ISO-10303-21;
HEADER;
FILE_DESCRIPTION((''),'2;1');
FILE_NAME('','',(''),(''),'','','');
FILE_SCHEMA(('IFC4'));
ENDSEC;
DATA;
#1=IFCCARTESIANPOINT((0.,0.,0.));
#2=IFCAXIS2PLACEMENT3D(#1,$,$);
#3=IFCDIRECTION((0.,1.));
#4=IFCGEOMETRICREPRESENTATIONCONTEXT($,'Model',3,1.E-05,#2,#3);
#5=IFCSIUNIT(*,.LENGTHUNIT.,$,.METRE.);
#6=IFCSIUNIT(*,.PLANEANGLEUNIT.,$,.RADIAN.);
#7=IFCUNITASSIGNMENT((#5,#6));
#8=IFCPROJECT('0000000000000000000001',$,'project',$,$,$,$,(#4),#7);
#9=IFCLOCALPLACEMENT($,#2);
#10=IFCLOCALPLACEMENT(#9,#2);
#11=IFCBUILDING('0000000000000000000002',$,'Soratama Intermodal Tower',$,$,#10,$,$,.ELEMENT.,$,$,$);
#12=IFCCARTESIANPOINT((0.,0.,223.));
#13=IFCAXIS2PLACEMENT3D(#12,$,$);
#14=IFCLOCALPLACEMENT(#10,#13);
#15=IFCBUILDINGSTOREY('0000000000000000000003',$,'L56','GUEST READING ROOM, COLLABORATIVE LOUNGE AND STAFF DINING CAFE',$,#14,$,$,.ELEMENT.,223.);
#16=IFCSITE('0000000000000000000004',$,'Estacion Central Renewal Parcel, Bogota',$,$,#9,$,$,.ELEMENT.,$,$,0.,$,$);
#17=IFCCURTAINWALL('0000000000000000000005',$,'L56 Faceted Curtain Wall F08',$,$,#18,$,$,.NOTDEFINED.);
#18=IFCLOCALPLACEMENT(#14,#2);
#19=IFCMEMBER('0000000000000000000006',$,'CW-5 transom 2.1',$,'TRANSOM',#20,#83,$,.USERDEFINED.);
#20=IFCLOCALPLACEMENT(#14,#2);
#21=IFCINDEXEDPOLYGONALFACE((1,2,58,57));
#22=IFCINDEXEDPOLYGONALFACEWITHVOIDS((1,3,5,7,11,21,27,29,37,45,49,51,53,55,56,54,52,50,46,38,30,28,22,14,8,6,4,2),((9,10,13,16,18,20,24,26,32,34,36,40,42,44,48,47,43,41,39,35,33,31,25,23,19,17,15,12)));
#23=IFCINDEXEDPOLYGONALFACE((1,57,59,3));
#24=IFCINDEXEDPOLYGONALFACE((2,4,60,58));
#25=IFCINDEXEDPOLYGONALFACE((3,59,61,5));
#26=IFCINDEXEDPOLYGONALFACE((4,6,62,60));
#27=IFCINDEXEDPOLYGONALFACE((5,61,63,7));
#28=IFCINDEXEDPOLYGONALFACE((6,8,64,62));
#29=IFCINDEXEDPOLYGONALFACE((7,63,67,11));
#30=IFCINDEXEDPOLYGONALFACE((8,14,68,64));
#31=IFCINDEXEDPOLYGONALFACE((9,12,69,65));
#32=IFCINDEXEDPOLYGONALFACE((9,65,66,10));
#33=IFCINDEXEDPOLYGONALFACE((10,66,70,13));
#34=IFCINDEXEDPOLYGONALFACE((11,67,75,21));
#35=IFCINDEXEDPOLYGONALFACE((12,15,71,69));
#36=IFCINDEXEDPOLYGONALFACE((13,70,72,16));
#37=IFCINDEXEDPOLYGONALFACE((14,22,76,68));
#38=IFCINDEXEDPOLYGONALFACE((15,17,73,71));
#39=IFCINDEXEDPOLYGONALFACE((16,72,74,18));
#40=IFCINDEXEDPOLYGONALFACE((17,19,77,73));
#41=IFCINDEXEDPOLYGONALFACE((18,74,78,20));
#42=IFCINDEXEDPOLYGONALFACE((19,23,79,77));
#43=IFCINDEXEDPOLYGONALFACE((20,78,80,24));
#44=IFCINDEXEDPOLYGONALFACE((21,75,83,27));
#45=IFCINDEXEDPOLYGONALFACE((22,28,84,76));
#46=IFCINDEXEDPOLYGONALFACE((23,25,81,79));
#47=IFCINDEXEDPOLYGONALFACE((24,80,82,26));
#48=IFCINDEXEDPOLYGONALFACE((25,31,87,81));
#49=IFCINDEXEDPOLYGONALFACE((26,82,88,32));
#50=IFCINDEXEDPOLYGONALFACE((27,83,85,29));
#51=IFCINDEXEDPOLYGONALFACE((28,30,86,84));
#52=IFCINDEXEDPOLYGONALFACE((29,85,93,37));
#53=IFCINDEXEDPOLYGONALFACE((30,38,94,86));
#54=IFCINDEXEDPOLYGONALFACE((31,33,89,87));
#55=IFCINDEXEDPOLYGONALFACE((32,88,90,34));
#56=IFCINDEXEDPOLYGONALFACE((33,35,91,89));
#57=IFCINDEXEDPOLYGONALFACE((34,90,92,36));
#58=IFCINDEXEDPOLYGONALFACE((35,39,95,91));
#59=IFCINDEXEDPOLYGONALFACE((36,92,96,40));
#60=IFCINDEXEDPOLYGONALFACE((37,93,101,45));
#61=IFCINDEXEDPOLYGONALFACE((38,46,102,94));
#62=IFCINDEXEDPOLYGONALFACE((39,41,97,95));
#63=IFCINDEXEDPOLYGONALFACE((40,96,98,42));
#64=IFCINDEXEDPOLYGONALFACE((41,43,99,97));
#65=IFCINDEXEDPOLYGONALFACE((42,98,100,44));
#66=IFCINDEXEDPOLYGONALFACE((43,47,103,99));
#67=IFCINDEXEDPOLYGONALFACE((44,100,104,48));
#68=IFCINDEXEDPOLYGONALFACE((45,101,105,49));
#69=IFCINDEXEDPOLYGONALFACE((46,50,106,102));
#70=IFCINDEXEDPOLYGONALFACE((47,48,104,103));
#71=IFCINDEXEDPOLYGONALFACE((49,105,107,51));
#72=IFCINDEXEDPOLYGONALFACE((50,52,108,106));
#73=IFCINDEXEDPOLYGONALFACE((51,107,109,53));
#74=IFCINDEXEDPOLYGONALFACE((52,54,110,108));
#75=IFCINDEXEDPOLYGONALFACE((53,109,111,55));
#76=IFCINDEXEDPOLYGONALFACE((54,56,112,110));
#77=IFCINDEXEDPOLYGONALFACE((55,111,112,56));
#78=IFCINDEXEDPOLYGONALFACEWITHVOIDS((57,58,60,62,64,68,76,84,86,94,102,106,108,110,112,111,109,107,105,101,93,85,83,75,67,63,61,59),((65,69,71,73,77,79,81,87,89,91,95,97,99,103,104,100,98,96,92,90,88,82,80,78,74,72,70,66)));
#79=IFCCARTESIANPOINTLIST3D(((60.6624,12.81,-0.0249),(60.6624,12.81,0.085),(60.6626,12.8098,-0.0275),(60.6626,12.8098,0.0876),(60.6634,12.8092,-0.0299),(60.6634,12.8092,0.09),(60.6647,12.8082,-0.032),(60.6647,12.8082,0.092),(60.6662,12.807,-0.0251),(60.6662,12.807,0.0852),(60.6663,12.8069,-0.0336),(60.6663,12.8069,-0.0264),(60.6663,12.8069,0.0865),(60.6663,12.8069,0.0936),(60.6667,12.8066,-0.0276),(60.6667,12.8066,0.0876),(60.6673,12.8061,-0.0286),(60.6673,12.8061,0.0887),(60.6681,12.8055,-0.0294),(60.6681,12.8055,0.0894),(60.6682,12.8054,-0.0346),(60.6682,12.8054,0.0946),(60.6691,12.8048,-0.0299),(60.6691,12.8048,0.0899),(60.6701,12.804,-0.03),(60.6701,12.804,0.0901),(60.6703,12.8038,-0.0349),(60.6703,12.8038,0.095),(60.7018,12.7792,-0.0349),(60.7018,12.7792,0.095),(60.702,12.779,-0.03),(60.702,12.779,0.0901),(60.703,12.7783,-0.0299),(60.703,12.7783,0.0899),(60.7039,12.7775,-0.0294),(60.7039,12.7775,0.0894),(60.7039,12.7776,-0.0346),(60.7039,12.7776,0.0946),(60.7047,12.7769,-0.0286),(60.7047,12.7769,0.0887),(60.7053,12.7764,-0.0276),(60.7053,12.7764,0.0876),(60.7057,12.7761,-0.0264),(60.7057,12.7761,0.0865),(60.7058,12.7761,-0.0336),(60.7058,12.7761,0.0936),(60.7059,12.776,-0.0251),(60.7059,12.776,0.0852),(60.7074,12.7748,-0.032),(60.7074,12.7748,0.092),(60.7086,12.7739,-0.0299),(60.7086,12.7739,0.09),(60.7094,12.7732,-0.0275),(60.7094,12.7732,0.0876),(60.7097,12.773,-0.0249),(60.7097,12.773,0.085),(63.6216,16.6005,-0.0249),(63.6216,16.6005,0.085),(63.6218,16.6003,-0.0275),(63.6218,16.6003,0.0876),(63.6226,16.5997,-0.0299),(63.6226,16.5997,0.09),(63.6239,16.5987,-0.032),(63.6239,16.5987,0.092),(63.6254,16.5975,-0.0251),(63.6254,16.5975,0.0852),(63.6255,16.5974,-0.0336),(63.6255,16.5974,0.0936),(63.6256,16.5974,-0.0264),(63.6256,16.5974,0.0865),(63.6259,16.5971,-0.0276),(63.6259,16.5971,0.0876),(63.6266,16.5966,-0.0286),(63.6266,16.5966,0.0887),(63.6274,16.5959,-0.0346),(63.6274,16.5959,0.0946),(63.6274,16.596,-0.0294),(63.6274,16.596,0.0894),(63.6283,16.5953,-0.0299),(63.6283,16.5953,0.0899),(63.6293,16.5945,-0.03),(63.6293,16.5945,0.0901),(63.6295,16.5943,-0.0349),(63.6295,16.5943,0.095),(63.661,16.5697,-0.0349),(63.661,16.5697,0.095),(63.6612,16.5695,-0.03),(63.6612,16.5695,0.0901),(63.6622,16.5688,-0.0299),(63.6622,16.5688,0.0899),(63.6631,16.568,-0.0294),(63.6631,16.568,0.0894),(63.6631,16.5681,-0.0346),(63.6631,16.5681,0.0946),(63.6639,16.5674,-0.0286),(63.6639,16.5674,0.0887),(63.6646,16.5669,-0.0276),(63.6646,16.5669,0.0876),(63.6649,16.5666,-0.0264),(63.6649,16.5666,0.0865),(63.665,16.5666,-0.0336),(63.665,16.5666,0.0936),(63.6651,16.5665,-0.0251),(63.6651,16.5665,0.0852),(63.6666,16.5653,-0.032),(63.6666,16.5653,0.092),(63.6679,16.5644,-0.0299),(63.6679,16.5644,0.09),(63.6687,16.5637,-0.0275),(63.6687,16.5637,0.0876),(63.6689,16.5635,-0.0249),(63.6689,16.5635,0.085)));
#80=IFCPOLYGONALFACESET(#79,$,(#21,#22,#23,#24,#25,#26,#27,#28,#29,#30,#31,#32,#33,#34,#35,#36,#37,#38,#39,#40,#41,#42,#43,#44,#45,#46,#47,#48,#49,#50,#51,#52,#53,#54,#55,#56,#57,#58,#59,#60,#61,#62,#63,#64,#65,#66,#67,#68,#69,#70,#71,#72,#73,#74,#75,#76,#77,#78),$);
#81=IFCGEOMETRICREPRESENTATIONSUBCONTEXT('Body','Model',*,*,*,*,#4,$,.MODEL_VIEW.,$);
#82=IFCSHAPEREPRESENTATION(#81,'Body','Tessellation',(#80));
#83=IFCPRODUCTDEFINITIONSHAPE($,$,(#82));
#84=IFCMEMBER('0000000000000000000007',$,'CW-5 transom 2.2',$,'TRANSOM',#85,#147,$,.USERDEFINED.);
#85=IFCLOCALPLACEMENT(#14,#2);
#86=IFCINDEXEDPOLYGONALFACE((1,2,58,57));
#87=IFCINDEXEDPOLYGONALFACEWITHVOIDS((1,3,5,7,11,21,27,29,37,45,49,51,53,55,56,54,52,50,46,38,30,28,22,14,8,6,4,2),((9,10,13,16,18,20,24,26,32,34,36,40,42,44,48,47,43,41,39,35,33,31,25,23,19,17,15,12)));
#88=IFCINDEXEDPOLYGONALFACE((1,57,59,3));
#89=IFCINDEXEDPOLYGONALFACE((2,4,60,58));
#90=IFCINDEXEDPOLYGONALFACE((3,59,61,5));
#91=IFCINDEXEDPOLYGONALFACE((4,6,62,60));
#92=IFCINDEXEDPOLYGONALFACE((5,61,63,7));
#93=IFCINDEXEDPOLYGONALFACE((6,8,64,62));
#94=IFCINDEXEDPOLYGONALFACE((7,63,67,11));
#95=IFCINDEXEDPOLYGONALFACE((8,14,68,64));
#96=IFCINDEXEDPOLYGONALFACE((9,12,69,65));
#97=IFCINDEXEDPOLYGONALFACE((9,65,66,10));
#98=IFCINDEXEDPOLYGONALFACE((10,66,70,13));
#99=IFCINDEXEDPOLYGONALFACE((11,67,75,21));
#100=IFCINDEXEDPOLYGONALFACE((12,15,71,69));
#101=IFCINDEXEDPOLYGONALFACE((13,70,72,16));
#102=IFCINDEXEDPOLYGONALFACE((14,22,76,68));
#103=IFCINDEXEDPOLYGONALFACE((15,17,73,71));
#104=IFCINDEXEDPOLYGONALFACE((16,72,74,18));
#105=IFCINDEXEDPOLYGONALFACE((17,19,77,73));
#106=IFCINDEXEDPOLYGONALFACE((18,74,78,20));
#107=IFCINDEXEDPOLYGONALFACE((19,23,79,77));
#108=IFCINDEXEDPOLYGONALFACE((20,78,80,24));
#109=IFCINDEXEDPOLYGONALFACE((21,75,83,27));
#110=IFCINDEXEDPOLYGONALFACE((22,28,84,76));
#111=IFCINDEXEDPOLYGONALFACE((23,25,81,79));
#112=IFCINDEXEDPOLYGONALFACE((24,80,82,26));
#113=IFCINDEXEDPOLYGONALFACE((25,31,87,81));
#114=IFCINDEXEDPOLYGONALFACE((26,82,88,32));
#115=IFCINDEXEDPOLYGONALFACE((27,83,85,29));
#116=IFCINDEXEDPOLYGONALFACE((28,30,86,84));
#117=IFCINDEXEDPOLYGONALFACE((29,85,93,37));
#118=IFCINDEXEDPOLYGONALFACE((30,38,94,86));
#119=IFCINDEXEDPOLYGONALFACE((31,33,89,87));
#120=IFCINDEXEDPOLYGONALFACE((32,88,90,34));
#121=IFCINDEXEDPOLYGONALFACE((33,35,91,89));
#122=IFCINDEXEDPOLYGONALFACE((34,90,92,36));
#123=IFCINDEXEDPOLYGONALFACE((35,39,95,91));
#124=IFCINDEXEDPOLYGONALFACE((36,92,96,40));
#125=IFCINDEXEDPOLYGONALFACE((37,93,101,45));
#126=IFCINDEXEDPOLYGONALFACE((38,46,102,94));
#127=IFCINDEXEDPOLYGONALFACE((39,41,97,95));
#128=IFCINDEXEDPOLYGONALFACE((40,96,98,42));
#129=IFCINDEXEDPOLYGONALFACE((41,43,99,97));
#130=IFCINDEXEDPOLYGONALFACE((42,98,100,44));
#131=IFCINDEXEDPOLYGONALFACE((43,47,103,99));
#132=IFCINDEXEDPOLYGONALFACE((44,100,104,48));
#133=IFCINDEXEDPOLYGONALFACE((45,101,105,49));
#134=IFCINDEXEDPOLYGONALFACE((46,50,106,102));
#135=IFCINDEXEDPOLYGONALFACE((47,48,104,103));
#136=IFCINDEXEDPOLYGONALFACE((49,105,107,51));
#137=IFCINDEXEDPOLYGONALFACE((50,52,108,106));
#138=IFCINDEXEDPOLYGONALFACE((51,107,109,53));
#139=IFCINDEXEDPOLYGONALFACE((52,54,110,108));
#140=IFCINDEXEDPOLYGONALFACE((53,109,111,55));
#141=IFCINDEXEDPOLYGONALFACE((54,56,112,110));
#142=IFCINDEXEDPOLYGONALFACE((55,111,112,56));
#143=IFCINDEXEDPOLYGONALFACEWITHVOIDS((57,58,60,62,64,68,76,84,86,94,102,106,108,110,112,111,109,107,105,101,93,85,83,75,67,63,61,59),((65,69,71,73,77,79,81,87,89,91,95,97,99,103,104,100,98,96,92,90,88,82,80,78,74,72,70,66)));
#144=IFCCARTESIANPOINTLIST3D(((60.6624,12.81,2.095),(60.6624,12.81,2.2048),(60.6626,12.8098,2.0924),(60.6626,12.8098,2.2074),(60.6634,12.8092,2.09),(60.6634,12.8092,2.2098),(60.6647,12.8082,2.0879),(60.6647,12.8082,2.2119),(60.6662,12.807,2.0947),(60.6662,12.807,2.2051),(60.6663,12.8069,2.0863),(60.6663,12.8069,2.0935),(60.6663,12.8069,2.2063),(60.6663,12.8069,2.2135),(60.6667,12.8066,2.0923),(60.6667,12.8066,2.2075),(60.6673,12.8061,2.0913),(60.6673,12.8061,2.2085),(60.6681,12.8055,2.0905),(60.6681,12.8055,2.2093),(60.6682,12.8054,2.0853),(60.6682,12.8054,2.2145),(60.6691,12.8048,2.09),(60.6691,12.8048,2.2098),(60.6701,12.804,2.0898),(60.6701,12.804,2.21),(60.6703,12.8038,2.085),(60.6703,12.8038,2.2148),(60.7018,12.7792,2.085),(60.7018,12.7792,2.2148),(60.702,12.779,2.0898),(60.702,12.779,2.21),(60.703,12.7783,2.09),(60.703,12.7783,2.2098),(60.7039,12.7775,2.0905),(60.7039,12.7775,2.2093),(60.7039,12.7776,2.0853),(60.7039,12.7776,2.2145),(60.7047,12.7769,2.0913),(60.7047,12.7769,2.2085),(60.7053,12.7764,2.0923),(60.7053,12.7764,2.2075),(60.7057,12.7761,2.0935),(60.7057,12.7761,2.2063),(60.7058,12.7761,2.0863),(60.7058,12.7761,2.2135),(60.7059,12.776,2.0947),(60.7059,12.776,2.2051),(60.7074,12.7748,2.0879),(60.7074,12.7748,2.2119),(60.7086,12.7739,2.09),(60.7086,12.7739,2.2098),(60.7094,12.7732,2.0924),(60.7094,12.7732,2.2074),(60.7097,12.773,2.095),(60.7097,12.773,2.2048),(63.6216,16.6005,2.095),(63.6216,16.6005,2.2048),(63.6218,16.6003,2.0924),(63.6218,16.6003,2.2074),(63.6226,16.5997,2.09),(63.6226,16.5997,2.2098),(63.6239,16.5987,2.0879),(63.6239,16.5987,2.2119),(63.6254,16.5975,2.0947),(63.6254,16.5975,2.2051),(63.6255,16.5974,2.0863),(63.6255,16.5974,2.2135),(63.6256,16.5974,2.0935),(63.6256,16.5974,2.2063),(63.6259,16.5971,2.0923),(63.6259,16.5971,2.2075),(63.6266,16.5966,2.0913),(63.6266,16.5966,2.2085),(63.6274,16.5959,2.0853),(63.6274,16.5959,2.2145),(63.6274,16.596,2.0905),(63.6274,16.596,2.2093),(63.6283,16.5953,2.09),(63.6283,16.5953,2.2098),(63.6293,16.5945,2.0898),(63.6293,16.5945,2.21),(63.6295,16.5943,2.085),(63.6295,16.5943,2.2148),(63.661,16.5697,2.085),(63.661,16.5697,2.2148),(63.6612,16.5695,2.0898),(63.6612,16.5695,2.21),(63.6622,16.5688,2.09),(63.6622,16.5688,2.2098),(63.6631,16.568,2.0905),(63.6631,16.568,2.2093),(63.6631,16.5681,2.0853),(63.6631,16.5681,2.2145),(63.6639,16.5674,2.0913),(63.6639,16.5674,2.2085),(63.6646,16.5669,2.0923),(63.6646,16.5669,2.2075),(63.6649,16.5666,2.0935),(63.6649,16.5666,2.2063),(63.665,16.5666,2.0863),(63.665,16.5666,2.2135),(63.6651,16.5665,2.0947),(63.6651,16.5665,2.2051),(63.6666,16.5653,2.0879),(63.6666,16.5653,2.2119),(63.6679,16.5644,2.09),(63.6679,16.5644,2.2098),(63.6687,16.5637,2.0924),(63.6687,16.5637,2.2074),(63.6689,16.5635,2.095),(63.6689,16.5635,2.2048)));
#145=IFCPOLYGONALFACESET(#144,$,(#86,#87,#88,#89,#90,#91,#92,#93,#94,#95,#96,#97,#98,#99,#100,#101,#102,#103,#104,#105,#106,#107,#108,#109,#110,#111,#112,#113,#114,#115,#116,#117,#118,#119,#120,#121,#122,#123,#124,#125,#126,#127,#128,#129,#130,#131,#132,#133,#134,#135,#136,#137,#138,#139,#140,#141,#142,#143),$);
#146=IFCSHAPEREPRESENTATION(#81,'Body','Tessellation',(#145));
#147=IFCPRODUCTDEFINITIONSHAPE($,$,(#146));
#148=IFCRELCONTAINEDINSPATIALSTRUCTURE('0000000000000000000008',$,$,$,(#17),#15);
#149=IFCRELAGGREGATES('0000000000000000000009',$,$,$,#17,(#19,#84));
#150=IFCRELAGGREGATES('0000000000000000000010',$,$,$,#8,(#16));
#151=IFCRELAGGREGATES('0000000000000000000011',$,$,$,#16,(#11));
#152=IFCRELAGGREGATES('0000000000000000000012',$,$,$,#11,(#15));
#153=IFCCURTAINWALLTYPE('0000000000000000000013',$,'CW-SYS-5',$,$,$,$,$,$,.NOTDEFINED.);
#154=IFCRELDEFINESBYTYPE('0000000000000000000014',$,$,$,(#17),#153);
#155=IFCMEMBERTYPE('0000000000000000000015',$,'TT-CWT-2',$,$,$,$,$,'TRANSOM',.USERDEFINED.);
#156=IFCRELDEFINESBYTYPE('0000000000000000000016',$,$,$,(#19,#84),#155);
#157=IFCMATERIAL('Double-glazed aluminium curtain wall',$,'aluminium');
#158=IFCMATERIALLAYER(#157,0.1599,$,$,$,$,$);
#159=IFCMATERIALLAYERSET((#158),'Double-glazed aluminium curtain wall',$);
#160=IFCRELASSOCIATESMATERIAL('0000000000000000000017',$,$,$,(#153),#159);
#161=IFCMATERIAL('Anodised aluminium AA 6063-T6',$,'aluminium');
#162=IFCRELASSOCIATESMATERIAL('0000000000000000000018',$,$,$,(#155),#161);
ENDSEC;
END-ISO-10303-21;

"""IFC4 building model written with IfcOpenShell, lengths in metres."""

from ifc_helpers import new_model, si_unit, direction, frame, origin, origin_2d, place, context, subcontext, project, spatial, hollow_rectangle, extrude, material, layer, layer_set, material_profile, profile_set, type_object, element, aggregate, save


model = new_model("IFC4")

# Units and contexts
model_context = context("Model", 3, precision=1e-05, world=origin(), true_north=direction((0.0, 1.0)))
body_context = subcontext(model_context, "Body", "Model", "MODEL_VIEW")
ifc_project = project(units=[si_unit("LENGTHUNIT", "METRE"), si_unit("PLANEANGLEUNIT", "RADIAN")], contexts=[model_context])

# Site, building, storey
site_placement = place(None, origin())
site = spatial("IfcSite", under=ifc_project, at=site_placement, Name="Estacion Central Renewal Parcel, Bogota", CompositionType="ELEMENT", RefElevation=0.0)
building_placement = place(site_placement, origin())
building = spatial("IfcBuilding", under=site, at=building_placement, Name="Soratama Intermodal Tower", CompositionType="ELEMENT")
storey_placement = place(building_placement, frame((0.0, 0.0, 223.0)))
storey = spatial("IfcBuildingStorey", under=building, at=storey_placement, Name="L56", Description="GUEST READING ROOM, COLLABORATIVE LOUNGE AND STAFF DINING CAFE", CompositionType="ELEMENT", Elevation=223.0)

# Curtain wall, members
ifc_material_1 = material(Name="Double-glazed aluminium curtain wall", Category="aluminium")
ifc_layer_1 = layer(ifc_material_1, 0.1599)
ifc_layer_set_1 = layer_set([ifc_layer_1], Name="Double-glazed aluminium curtain wall")
curtain_wall_type = type_object("IfcCurtainWallType", Name="CW-SYS-5", PredefinedType="NOTDEFINED", material=ifc_layer_set_1)
curtain_wall_placement = place(storey_placement, origin())
curtain_wall = element("IfcCurtainWall", 1, at=curtain_wall_placement, inside=storey, type_object=curtain_wall_type, Name="L56 Faceted Curtain Wall F08", PredefinedType="NOTDEFINED")
ifc_material_2 = material(Name="Anodised aluminium AA 6063-T6", Category="aluminium")
ifc_material_profile_1 = material_profile(ifc_material_2, hollow_rectangle(XDim=0.0601, YDim=0.1299, WallThickness=0.0049, InnerFilletRadius=0.0049, OuterFilletRadius=0.01, at=origin_2d()), Name="CWT130X60X5")
ifc_profile_set_1 = profile_set([ifc_material_profile_1], Name="Anodised aluminium AA 6063-T6")
member_type_1 = type_object("IfcMemberType", Name="TT-CWT-2", ElementType="TRANSOM", PredefinedType="USERDEFINED", material=ifc_profile_set_1)
member_1_placement = place(storey_placement, frame((60.686, 12.7915, 0.03), z_axis=(0.61537, 0.788238, 0.0), x_axis=(-0.788238, 0.61537, 0.0)))
member_1 = element("IfcMember", 2, at=member_1_placement, type_object=member_type_1, Name="CW-5 transom 2.1", ObjectType="TRANSOM", PredefinedType="USERDEFINED", context=body_context, shape_type="SweptSolid", body=[
    extrude(hollow_rectangle(XDim=0.0601, YDim=0.1299, WallThickness=0.0049, InnerFilletRadius=0.0049, OuterFilletRadius=0.01, at=origin_2d()), origin(), (0.0, 0.0, 1.0), 4.8088),
])
member_2_placement = place(storey_placement, frame((60.686, 12.7915, 2.1499), z_axis=(0.61537, 0.788238, 0.0), x_axis=(-0.788238, 0.61537, 0.0)))
member_2 = element("IfcMember", 3, at=member_2_placement, type_object=member_type_1, Name="CW-5 transom 2.2", ObjectType="TRANSOM", PredefinedType="USERDEFINED", context=body_context, shape_type="SweptSolid", body=[
    extrude(hollow_rectangle(XDim=0.0601, YDim=0.1299, WallThickness=0.0049, InnerFilletRadius=0.0049, OuterFilletRadius=0.01, at=origin_2d()), origin(), (0.0, 0.0, 1.0), 4.8088),
])
aggregate(curtain_wall, [member_1, member_2])

save(model, "model.ifc")
